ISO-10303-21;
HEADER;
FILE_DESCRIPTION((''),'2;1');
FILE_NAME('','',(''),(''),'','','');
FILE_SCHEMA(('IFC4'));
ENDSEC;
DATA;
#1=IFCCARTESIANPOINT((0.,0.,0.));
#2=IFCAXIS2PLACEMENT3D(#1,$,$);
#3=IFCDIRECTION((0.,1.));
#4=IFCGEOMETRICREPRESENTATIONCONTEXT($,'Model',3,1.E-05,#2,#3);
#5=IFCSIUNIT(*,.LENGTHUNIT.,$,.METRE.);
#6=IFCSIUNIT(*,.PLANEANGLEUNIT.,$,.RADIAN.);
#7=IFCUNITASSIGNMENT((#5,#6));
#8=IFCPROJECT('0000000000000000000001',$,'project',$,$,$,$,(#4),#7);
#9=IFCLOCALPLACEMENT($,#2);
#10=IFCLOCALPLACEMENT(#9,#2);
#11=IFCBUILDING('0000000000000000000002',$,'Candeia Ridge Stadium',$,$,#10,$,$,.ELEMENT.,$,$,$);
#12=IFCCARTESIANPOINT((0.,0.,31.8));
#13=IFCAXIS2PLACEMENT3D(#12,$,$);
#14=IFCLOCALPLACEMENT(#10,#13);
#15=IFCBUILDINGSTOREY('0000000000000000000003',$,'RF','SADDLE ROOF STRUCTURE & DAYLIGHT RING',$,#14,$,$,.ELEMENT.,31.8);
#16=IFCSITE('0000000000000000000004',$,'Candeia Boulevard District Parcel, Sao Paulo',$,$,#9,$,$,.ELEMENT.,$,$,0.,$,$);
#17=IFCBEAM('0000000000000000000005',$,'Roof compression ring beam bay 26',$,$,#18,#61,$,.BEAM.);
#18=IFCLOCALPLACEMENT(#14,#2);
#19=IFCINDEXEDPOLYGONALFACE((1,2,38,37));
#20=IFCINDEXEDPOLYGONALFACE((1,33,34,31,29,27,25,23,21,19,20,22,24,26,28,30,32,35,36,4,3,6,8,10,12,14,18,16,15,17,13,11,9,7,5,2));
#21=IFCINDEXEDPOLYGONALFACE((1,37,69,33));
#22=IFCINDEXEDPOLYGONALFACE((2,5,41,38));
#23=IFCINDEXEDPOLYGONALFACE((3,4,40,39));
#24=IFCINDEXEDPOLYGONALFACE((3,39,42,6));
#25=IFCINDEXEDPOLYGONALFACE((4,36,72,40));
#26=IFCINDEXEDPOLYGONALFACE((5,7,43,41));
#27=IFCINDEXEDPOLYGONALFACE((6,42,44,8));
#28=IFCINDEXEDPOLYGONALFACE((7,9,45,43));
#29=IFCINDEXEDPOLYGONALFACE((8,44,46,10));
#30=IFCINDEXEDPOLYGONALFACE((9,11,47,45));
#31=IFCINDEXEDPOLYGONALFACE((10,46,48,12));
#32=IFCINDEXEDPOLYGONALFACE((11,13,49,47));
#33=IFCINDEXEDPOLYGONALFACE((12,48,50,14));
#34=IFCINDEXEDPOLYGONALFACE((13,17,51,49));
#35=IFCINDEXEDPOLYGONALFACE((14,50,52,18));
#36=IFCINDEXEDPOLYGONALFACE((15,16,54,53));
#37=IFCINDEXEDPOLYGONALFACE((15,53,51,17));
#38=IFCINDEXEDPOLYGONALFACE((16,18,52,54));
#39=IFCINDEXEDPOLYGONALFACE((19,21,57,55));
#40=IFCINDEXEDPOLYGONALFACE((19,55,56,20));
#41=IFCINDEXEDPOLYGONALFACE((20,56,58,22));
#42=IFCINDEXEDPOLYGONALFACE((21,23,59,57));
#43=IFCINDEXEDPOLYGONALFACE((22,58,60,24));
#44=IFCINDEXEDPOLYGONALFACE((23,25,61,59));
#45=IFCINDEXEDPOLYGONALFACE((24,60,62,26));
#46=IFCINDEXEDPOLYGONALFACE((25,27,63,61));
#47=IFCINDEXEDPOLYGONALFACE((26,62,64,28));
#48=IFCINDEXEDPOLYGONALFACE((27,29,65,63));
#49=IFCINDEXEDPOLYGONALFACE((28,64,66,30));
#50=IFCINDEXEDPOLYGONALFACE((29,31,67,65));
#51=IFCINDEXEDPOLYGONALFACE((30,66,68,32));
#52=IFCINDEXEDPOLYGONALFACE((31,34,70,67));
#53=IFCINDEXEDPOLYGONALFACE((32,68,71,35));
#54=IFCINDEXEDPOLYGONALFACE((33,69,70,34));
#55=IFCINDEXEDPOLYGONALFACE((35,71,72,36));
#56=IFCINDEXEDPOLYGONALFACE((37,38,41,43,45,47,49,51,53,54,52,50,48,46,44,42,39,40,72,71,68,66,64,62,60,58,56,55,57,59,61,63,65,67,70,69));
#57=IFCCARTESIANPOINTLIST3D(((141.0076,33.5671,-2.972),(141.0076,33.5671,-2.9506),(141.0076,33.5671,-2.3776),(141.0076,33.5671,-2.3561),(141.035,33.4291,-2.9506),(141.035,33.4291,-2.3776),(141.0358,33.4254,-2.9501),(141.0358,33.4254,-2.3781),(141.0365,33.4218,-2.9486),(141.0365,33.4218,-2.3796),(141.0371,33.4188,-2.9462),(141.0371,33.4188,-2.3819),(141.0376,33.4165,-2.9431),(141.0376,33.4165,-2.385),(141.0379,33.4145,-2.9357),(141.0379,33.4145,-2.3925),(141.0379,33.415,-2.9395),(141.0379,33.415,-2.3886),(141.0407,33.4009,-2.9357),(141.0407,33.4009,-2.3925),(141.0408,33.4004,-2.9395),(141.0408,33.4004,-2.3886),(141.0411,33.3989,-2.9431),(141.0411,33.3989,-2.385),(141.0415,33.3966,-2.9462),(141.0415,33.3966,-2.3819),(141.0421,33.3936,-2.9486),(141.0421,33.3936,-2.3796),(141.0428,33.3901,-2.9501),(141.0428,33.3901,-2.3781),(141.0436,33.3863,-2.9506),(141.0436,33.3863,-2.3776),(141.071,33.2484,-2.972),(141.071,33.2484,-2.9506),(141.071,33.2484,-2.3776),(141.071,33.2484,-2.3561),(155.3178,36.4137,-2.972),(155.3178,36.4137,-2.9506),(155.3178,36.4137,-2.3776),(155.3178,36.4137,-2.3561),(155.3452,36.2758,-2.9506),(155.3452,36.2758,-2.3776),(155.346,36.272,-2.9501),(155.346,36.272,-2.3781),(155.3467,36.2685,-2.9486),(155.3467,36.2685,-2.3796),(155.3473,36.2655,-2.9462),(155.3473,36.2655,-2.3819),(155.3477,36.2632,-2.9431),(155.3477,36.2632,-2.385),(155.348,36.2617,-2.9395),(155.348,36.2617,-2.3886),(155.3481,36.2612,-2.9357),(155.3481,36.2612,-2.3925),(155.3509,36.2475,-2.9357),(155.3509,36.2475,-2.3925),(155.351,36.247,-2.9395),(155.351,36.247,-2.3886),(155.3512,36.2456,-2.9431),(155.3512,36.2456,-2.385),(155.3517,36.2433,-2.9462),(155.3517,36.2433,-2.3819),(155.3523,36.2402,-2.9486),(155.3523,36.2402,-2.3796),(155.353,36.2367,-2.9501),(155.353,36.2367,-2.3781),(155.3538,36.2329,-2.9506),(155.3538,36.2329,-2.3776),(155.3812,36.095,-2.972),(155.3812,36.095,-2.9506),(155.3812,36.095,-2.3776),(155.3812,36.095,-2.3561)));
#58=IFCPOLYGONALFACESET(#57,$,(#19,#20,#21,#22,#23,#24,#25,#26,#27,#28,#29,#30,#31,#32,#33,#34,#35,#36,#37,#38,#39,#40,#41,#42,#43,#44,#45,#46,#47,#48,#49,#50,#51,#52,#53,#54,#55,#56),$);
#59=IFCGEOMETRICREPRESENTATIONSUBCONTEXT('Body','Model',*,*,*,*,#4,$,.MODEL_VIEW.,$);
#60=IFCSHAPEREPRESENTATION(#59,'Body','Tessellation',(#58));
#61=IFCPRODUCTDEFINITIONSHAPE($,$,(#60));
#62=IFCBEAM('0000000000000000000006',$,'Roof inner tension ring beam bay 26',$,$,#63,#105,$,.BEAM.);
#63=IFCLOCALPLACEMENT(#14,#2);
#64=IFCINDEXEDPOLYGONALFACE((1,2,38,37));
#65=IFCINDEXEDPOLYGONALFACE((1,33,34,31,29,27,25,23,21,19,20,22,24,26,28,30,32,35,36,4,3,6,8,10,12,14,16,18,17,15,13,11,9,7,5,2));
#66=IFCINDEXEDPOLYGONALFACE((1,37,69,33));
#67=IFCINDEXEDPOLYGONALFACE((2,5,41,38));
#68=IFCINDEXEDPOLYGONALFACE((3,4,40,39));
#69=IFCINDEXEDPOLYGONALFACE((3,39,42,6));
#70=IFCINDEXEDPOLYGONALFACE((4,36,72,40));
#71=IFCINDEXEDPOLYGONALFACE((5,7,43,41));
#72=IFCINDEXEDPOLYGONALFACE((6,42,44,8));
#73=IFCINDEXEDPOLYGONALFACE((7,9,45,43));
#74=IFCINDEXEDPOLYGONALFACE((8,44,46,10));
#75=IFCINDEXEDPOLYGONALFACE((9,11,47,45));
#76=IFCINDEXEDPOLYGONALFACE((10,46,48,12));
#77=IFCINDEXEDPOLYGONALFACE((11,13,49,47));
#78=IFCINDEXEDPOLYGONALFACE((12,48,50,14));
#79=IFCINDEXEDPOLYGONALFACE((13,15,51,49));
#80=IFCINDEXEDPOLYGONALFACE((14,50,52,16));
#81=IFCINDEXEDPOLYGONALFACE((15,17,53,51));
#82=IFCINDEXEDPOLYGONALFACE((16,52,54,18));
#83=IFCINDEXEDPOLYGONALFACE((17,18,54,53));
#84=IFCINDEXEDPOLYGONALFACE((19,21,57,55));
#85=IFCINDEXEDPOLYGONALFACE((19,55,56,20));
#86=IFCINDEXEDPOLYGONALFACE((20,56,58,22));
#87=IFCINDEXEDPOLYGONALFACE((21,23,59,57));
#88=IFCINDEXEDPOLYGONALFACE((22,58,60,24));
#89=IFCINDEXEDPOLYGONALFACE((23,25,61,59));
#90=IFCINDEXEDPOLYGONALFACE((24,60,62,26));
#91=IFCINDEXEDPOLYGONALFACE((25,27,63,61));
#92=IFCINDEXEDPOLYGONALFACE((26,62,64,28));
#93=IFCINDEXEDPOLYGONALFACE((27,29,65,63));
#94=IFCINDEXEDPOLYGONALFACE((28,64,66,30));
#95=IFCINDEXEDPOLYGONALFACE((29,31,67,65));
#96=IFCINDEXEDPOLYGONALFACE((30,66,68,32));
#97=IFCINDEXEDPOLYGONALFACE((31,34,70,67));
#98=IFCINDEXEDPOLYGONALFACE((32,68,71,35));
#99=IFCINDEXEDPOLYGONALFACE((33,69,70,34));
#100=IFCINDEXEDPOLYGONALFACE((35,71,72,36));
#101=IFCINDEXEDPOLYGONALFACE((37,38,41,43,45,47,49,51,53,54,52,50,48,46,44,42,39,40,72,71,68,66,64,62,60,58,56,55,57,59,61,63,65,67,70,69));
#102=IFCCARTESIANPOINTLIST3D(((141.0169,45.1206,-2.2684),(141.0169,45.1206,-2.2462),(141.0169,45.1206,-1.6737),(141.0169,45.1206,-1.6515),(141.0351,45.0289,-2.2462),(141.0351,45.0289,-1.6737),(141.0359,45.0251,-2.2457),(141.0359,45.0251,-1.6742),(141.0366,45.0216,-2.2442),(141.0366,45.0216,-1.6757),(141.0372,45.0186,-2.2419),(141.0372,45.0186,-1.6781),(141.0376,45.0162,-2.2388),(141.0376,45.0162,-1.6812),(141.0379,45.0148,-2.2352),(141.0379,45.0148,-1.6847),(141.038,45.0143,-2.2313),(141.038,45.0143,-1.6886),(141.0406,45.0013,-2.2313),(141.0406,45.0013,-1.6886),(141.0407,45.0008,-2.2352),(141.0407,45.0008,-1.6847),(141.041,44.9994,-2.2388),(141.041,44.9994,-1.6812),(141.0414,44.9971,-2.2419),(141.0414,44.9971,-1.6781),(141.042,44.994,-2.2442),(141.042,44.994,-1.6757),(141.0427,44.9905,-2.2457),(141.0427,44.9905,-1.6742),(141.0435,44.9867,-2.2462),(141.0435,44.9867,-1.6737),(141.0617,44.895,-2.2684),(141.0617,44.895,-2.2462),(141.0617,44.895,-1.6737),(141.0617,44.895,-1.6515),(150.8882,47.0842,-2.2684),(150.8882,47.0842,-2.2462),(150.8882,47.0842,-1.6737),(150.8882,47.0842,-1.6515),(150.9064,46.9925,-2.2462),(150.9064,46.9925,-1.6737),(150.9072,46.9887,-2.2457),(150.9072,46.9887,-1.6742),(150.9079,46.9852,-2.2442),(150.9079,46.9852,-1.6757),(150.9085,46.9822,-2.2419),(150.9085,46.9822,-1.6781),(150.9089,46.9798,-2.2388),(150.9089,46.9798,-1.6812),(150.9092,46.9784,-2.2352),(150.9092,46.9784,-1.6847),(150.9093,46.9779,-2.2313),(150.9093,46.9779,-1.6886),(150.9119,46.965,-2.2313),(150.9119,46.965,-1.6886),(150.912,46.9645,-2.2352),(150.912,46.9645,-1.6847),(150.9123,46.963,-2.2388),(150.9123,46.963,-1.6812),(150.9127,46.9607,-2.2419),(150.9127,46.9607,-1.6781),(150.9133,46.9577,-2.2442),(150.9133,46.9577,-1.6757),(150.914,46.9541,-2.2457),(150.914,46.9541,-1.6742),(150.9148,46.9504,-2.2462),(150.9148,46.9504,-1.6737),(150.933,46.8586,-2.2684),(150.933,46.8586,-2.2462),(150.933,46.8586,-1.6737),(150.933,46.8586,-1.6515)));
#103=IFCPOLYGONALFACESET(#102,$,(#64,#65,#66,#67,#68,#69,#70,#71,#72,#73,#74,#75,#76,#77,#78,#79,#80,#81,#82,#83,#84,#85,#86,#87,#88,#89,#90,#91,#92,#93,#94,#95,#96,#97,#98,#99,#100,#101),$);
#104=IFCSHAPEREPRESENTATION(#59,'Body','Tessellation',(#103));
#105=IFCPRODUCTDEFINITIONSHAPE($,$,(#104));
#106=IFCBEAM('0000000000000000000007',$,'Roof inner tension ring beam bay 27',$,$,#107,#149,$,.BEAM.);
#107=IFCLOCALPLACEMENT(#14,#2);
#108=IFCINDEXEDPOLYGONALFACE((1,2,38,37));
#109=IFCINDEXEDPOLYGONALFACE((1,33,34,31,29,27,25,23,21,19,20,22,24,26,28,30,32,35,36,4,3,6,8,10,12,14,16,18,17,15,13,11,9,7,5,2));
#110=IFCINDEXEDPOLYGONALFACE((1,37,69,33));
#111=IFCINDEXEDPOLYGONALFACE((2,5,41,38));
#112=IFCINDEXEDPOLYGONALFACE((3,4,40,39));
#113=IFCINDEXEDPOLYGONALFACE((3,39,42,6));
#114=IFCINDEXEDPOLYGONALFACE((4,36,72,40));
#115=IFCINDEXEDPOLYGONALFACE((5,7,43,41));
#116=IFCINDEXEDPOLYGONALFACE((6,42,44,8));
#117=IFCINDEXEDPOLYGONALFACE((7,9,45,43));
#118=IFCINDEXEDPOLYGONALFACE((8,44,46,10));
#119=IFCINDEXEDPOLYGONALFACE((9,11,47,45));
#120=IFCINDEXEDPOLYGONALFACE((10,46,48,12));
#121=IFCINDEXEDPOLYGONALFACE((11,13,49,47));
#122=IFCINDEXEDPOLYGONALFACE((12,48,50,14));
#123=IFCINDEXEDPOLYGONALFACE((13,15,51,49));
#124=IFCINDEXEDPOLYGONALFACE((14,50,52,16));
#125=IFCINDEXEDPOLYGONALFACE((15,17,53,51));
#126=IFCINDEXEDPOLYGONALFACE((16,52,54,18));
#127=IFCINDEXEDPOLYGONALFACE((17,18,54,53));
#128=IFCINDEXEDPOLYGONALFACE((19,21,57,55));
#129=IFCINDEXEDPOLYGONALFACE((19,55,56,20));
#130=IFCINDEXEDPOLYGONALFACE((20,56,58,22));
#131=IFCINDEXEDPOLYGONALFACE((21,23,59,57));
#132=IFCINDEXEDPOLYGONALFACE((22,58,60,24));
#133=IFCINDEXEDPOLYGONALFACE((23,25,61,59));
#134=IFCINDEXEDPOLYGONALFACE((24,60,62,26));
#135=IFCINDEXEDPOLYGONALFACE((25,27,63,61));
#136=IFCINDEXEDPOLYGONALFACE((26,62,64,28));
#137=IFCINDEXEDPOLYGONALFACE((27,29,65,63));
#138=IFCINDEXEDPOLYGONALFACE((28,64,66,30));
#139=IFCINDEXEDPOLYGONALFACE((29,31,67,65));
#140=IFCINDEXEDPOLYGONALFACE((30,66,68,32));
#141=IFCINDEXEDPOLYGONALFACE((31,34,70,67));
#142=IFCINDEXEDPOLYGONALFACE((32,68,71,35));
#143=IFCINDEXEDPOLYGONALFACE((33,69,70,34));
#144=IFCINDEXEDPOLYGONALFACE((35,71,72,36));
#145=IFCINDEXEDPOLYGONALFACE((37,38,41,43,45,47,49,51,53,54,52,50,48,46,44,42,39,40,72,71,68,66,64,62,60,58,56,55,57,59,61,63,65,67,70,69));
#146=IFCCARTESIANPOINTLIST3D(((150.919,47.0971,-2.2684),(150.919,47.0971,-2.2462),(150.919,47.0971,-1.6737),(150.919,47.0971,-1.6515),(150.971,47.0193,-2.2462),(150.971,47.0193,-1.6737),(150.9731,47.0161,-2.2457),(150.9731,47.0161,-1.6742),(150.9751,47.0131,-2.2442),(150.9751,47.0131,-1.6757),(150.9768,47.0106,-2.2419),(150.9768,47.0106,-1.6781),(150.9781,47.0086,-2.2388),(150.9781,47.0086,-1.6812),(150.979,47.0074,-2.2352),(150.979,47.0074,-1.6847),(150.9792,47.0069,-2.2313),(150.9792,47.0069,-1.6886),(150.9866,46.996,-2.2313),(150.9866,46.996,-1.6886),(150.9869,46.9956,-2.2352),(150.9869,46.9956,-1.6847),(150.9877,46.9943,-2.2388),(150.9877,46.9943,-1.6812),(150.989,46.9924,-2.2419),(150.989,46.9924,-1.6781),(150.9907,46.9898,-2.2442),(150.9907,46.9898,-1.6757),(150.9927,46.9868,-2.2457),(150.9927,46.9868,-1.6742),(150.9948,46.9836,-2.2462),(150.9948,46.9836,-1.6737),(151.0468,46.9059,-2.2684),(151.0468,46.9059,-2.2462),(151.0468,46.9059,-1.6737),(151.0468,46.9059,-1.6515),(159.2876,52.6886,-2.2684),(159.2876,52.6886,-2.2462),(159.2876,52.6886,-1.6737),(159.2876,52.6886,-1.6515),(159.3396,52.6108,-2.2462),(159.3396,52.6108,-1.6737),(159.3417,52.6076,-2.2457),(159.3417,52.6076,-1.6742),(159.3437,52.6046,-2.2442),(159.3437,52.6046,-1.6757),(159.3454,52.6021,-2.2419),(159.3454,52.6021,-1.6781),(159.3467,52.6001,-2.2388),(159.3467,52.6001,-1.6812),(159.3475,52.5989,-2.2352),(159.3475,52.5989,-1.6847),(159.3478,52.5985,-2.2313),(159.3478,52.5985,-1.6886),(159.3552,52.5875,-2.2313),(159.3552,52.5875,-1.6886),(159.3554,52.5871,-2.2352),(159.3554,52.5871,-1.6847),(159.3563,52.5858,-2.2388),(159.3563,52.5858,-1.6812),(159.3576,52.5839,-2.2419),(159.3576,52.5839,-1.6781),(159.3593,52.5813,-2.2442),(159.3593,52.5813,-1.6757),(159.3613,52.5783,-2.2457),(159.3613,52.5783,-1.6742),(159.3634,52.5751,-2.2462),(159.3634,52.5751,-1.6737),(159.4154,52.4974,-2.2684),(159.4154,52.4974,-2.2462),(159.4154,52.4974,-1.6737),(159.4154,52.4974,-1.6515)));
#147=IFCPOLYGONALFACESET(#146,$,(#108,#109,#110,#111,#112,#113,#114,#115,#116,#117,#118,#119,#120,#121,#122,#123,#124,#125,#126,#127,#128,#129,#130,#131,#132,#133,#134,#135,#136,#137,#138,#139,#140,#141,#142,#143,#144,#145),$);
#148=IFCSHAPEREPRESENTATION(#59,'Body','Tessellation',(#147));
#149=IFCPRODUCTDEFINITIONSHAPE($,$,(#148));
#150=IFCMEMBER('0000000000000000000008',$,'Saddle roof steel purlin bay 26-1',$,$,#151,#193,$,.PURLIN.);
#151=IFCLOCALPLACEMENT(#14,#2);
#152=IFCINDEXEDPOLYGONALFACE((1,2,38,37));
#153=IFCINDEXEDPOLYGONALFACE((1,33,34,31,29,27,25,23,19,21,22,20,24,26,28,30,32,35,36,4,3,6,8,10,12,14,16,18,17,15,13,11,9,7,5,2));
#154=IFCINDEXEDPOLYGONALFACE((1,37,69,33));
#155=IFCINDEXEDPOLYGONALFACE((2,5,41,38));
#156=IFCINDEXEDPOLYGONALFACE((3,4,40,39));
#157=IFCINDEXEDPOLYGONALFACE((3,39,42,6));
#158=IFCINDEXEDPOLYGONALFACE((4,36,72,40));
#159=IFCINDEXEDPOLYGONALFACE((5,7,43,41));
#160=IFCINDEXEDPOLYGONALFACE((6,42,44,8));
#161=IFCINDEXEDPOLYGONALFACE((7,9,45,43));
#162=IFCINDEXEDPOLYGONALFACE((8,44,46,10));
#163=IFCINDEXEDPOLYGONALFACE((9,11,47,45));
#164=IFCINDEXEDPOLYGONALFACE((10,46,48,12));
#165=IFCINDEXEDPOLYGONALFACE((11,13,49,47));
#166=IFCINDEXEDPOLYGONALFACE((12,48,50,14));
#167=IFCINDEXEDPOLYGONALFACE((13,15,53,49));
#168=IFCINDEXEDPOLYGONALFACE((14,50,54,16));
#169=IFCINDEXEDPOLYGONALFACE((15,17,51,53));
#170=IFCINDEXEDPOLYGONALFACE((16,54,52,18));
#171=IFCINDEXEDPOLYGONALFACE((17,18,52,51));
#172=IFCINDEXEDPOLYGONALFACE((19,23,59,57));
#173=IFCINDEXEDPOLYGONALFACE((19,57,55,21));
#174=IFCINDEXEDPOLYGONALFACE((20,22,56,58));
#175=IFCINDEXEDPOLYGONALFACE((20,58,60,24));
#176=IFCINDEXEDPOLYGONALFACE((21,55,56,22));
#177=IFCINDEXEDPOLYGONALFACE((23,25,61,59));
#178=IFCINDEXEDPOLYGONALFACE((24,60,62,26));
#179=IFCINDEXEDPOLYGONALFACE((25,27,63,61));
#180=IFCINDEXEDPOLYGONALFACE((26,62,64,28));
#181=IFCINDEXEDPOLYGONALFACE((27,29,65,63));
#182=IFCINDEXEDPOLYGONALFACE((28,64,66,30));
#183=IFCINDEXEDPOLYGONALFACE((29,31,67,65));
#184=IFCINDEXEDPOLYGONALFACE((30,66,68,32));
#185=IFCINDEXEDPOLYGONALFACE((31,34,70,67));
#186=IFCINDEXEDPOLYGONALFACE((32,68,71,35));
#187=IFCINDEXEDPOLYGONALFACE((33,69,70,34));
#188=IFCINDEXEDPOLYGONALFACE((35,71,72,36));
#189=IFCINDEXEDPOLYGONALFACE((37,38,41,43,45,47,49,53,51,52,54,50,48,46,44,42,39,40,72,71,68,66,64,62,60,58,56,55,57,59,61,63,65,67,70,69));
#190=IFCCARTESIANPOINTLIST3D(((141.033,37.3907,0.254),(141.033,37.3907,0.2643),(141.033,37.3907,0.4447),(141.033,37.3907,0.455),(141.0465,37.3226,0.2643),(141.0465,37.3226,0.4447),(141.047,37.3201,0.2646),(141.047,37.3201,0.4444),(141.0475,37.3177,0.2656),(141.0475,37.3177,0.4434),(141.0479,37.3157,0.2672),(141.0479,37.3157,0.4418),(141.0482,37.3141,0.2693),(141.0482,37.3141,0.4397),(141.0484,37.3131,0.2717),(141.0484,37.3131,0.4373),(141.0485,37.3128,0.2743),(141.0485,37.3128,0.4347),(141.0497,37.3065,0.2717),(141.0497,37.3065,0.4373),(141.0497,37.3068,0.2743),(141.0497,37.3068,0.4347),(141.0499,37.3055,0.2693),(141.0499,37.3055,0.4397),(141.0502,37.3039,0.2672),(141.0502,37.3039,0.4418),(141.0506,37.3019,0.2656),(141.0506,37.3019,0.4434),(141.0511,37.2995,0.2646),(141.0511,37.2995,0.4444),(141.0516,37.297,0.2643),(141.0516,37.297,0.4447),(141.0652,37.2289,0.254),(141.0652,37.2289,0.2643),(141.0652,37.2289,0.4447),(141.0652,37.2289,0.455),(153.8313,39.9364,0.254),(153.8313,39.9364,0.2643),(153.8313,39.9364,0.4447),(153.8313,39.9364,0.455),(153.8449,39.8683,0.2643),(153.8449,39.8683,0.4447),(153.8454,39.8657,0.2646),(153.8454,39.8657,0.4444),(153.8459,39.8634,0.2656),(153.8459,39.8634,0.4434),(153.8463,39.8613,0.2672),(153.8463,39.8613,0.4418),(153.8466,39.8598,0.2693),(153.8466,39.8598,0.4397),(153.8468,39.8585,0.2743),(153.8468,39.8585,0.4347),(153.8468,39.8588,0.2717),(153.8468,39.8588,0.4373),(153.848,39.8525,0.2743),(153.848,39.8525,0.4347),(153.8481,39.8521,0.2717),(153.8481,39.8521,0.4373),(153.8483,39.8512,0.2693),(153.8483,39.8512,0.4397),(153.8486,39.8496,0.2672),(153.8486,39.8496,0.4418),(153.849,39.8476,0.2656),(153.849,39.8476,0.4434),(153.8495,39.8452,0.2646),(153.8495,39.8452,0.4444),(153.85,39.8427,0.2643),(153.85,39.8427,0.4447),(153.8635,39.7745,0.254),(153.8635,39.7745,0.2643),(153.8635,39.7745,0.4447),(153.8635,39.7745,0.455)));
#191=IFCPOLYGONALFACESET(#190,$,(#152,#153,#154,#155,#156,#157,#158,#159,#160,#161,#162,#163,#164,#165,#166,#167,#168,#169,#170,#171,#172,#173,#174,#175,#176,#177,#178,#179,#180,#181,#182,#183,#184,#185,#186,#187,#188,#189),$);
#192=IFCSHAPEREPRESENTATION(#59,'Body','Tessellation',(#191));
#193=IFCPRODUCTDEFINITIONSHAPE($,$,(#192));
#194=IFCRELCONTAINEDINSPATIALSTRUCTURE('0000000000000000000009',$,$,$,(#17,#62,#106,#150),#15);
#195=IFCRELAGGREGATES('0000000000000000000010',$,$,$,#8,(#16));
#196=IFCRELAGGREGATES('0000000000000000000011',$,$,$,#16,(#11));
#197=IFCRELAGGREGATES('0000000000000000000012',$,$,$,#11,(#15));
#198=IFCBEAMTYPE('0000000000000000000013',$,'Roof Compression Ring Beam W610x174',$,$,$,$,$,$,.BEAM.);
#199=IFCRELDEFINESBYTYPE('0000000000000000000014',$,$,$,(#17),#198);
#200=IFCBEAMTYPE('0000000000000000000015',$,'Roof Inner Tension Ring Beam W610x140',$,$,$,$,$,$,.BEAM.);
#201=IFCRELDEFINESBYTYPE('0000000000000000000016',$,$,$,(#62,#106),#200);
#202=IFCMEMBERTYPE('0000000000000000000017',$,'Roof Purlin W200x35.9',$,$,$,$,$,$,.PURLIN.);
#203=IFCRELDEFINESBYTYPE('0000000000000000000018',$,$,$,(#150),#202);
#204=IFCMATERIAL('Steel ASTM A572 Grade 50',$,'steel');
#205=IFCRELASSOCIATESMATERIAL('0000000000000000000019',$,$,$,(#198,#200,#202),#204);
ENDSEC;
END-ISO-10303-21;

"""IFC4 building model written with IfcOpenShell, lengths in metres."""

from ifc_helpers import new_model, si_unit, direction, frame, origin, origin_2d, place, context, subcontext, project, spatial, i_section, extrude, material, material_profile, profile_set, type_object, element, save


model = new_model("IFC4")

# Units and contexts
model_context = context("Model", 3, precision=1e-05, world=origin(), true_north=direction((0.0, 1.0)))
body_context = subcontext(model_context, "Body", "Model", "MODEL_VIEW")
ifc_project = project(units=[si_unit("LENGTHUNIT", "METRE"), si_unit("PLANEANGLEUNIT", "RADIAN")], contexts=[model_context])

# Site, building, storey
site_placement = place(None, origin())
site = spatial("IfcSite", under=ifc_project, at=site_placement, Name="Candeia Boulevard District Parcel, Sao Paulo", CompositionType="ELEMENT", RefElevation=0.0)
building_placement = place(site_placement, origin())
building = spatial("IfcBuilding", under=site, at=building_placement, Name="Candeia Ridge Stadium", CompositionType="ELEMENT")
storey_placement = place(building_placement, frame((0.0, 0.0, 31.8)))
storey = spatial("IfcBuildingStorey", under=building, at=storey_placement, Name="RF", Description="SADDLE ROOF STRUCTURE & DAYLIGHT RING", CompositionType="ELEMENT", Elevation=31.8)

# Beams
ifc_material_1 = material(Name="Steel ASTM A572 Grade 50", Category="steel")
ifc_material_profile_1 = material_profile(ifc_material_1, i_section(OverallWidth=0.325, OverallDepth=0.616, WebThickness=0.0139, FlangeThickness=0.0215, FilletRadius=0.0149, at=origin_2d()), Name="W610x174", Category="steel")
ifc_profile_set_1 = profile_set([ifc_material_profile_1], Name="Steel ASTM A572 Grade 50")
beam_type_1 = type_object("IfcBeamType", Name="Roof Compression Ring Beam W610x174", PredefinedType="BEAM", material=ifc_profile_set_1)
beam_placement = place(storey_placement, frame((141.0393, 33.4077, -2.6641), z_axis=(0.980783, 0.195102, 0.0), x_axis=(-0.195102, 0.980783, 0.0)))
element("IfcBeam", 1, at=beam_placement, inside=storey, type_object=beam_type_1, Name="Roof compression ring beam bay 26", PredefinedType="BEAM", context=body_context, shape_type="SweptSolid", body=[
    extrude(i_section(OverallWidth=0.325, OverallDepth=0.616, WebThickness=0.0139, FlangeThickness=0.0215, FilletRadius=0.0149, at=origin_2d()), origin(), (0.0, 0.0, 1.0), 14.5906),
])
ifc_material_profile_2 = material_profile(ifc_material_1, i_section(OverallWidth=0.23, OverallDepth=0.6169, WebThickness=0.0132, FlangeThickness=0.0222, FilletRadius=0.0149, at=origin_2d()), Name="W610x140", Category="steel")
ifc_profile_set_2 = profile_set([ifc_material_profile_2], Name="Steel ASTM A572 Grade 50")
beam_type_2 = type_object("IfcBeamType", Name="Roof Inner Tension Ring Beam W610x140", PredefinedType="BEAM", material=ifc_profile_set_2)
for number, where, z_axis, x_axis, name in (
    (2, (141.0393, 45.0078, -1.96), (0.980784, 0.195099, 0.0), (-0.195099, 0.980784, 0.0), "Roof inner tension ring beam bay 26"),
    (3, (150.9829, 47.0015, -1.96), (0.831479, 0.555556, 0.0), (-0.555556, 0.831479, 0.0), "Roof inner tension ring beam bay 27"),
):
    element("IfcBeam", number, at=place(storey_placement, frame(where, z_axis=z_axis, x_axis=x_axis)), inside=storey, type_object=beam_type_2, Name=name, PredefinedType="BEAM", context=body_context, shape_type="SweptSolid", body=[
        extrude(i_section(OverallWidth=0.23, OverallDepth=0.6169, WebThickness=0.0132, FlangeThickness=0.0222, FilletRadius=0.0149, at=origin_2d()), origin(), (0.0, 0.0, 1.0), 10.0647),
    ])

# Member
ifc_material_profile_3 = material_profile(ifc_material_1, i_section(OverallWidth=0.165, OverallDepth=0.2009, WebThickness=0.0061, FlangeThickness=0.0103, FilletRadius=0.01, at=origin_2d()), Name="W200x35.9", Category="steel")
ifc_profile_set_3 = profile_set([ifc_material_profile_3], Name="Steel ASTM A572 Grade 50")
member_type_1 = type_object("IfcMemberType", Name="Roof Purlin W200x35.9", PredefinedType="PURLIN", material=ifc_profile_set_3)
member_1_placement = place(storey_placement, frame((141.0491, 37.3098, 0.3545), z_axis=(0.980787, 0.195083, 0.0), x_axis=(-0.195083, 0.980787, 0.0)))
element("IfcMember", 4, at=member_1_placement, inside=storey, type_object=member_type_1, Name="Saddle roof steel purlin bay 26-1", PredefinedType="PURLIN", context=body_context, shape_type="SweptSolid", body=[
    extrude(i_section(OverallWidth=0.165, OverallDepth=0.2009, WebThickness=0.0061, FlangeThickness=0.0103, FilletRadius=0.01, at=origin_2d()), origin(), (0.0, 0.0, 1.0), 13.0491),
])

save(model, "model.ifc")
